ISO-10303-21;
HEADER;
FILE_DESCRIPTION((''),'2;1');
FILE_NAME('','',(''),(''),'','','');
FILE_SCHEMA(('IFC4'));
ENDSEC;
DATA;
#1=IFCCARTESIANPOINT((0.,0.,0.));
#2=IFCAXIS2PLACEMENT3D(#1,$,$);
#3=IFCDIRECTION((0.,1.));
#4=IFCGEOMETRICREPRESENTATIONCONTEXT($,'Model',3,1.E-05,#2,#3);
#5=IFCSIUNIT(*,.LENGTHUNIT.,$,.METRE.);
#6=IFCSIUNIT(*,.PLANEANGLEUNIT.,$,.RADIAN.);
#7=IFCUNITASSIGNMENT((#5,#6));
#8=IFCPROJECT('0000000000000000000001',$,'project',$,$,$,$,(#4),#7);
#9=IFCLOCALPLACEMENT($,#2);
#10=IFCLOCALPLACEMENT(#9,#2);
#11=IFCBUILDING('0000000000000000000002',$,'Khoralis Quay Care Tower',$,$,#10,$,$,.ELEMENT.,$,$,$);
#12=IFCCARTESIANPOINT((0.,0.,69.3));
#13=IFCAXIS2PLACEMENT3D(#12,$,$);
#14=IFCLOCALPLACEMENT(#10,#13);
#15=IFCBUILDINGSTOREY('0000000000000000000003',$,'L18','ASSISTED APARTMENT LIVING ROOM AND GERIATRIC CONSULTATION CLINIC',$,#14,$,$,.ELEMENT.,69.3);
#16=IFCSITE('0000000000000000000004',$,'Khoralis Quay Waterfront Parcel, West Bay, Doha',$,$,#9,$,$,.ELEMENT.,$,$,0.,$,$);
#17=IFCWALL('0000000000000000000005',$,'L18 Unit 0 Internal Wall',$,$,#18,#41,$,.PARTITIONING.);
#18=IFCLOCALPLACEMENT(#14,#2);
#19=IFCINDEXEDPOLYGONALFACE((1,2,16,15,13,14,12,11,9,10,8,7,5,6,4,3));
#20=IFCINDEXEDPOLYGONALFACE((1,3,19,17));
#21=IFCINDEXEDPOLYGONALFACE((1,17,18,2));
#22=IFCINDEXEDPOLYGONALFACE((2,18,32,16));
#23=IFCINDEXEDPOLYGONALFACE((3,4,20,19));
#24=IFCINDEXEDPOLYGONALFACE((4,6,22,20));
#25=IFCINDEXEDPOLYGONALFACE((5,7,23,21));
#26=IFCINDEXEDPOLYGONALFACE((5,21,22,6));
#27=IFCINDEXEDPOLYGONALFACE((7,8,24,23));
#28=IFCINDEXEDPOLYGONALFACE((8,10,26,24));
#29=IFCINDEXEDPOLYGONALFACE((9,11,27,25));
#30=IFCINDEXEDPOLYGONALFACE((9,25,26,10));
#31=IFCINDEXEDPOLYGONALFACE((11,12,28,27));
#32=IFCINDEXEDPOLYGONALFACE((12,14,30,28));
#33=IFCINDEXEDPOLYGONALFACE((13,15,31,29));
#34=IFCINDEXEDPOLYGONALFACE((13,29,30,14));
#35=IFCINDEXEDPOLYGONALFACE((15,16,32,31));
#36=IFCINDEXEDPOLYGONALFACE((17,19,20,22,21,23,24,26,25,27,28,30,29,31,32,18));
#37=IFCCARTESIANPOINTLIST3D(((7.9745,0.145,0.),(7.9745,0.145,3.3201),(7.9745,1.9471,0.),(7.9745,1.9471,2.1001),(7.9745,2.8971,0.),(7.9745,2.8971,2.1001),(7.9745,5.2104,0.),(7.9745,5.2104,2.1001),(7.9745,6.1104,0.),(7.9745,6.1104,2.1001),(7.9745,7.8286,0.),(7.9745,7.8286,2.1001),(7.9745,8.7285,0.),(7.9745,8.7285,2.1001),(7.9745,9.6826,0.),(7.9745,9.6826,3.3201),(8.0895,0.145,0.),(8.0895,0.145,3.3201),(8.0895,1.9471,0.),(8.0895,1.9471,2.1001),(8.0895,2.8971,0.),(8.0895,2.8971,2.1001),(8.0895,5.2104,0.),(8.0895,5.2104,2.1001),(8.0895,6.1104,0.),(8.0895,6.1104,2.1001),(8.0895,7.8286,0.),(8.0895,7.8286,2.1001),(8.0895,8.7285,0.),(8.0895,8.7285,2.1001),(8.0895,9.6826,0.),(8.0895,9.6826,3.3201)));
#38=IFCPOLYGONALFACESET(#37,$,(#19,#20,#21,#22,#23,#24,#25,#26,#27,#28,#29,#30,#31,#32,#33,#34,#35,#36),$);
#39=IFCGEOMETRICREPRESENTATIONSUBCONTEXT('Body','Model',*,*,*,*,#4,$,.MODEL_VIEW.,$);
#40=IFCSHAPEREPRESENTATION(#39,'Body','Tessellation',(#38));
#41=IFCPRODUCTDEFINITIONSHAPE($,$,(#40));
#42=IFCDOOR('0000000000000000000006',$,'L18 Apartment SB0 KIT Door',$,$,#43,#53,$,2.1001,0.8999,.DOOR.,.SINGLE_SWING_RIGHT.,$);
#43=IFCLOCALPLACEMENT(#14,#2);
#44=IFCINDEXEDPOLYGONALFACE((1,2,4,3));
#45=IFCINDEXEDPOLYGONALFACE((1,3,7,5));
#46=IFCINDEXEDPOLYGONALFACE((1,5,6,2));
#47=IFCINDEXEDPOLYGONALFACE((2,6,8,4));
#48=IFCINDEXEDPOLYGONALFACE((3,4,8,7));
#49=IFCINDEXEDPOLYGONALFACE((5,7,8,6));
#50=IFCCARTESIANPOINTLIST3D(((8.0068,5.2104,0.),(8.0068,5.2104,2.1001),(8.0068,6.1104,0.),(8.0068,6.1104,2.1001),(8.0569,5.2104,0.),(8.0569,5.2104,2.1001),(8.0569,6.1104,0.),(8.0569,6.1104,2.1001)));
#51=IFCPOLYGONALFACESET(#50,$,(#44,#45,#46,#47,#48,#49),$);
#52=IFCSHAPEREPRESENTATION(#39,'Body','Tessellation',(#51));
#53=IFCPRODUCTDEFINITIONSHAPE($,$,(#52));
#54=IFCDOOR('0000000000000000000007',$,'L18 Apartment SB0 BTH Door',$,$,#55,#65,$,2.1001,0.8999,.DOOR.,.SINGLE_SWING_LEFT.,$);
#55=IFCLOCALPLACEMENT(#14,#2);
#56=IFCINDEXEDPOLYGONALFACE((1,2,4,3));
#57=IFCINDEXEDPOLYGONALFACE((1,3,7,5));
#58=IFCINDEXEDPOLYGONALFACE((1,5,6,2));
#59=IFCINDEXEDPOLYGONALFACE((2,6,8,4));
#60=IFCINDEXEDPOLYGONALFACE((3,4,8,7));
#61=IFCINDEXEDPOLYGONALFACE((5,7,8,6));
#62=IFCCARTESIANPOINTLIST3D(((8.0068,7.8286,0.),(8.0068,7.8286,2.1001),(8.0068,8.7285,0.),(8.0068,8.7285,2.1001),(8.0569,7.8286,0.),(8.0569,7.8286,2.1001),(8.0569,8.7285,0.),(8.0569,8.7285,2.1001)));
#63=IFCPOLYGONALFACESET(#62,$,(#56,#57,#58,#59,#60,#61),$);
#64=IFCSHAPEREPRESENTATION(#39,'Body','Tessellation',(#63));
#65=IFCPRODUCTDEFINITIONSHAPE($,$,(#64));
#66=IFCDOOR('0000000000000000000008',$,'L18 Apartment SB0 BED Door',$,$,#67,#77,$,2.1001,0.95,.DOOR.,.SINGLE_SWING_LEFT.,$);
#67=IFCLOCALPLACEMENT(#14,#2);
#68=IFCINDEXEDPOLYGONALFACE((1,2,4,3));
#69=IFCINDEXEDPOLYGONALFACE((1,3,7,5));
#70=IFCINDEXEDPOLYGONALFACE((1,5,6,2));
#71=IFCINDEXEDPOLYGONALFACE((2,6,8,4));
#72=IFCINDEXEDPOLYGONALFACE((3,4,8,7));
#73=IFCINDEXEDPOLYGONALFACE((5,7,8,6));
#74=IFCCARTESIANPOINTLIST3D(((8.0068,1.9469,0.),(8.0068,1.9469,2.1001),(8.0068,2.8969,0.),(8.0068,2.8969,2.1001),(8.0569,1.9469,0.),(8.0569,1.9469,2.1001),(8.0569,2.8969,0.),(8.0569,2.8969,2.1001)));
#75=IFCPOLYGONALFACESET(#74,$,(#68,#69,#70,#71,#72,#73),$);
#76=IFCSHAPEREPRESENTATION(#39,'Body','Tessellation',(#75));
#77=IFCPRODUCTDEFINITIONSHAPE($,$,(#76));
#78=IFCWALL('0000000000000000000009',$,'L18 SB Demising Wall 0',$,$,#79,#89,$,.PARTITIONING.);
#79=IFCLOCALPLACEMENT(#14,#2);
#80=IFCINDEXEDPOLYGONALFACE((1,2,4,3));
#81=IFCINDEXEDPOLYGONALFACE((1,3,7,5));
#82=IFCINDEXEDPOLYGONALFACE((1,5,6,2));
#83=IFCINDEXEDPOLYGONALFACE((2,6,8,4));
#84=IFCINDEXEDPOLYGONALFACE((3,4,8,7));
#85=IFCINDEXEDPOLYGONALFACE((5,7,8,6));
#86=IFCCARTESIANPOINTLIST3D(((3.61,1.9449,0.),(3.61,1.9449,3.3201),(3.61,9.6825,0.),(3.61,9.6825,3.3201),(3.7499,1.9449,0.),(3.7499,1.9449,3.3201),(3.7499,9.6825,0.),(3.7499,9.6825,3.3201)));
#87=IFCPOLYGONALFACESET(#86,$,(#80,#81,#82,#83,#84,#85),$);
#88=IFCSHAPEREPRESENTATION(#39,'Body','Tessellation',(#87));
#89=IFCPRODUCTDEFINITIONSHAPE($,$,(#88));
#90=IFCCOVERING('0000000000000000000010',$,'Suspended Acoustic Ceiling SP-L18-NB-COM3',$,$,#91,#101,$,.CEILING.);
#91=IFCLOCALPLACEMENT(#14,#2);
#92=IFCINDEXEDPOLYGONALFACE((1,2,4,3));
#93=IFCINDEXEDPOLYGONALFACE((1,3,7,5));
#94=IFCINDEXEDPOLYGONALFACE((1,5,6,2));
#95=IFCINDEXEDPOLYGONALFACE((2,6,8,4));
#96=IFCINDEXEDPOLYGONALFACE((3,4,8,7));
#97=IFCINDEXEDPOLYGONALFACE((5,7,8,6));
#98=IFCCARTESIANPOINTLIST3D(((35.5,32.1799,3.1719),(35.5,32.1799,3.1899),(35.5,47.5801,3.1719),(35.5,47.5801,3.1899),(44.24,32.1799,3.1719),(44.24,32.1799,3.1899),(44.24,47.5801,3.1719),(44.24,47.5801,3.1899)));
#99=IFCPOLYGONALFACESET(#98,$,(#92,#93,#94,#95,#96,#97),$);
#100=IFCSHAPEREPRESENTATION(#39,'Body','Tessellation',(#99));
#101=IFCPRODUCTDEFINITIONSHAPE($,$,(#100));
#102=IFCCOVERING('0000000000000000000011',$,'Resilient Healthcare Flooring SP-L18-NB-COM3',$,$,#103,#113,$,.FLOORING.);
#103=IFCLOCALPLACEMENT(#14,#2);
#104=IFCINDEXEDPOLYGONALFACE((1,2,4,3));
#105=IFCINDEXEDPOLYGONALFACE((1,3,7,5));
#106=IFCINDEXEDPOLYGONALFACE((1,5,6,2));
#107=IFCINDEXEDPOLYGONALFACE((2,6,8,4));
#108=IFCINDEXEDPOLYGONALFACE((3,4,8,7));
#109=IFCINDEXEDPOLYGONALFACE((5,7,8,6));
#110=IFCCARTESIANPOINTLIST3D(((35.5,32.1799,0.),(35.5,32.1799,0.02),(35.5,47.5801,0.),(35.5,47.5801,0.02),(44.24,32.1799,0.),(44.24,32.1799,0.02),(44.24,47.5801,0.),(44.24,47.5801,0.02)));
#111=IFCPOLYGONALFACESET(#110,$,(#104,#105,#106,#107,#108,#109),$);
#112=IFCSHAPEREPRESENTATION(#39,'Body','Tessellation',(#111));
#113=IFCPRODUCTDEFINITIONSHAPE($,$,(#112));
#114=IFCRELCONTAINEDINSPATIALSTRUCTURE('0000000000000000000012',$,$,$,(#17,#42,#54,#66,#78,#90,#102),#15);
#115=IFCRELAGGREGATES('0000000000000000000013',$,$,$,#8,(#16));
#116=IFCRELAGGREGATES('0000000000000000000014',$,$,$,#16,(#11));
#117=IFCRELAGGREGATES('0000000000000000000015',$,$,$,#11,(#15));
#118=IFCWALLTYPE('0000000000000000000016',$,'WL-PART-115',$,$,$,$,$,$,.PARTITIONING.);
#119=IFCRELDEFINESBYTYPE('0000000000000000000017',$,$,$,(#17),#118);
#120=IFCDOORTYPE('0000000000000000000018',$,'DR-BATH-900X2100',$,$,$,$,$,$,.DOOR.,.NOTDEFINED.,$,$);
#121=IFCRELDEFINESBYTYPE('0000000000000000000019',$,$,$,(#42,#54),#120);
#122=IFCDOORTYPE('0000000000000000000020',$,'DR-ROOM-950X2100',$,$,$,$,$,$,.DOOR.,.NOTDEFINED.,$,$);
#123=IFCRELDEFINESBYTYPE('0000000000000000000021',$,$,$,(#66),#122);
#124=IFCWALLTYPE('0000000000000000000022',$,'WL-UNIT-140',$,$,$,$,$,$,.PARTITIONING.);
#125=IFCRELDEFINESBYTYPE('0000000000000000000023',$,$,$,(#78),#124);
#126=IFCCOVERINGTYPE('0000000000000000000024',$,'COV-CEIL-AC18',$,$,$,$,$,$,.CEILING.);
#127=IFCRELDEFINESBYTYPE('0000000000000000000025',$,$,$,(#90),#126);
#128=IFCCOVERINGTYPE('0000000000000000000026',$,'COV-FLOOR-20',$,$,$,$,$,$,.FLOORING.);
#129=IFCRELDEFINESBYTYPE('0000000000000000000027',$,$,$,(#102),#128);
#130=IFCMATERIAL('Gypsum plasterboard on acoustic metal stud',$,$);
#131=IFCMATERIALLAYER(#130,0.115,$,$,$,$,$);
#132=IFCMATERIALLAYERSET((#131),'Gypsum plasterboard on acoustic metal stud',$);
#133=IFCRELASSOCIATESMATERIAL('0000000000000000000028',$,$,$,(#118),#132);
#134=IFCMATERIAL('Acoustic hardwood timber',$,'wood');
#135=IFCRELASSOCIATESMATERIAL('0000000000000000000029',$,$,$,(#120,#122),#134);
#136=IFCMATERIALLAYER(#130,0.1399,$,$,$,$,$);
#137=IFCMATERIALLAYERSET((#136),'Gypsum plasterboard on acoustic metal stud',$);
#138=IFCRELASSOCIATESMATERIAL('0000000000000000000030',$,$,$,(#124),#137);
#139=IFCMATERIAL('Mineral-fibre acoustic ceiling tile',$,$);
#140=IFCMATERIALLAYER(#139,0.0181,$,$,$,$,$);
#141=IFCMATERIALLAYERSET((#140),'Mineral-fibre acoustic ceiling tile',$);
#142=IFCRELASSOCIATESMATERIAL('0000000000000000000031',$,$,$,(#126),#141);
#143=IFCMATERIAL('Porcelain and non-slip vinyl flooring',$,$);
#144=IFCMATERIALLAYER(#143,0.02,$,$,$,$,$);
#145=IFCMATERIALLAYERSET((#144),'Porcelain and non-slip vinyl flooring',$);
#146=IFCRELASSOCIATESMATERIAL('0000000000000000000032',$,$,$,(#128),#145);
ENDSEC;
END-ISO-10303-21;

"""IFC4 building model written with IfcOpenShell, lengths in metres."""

from ifc_helpers import new_model, si_unit, direction, frame, frame_2d, origin, place, context, subcontext, project, spatial, polyline, rectangle, outline, extrude, source, transform, mapped, material, layer, layer_set, type_object, element, fill, save


model = new_model("IFC4")

# Units and contexts
model_context = context("Model", 3, precision=1e-05, world=origin(), true_north=direction((0.0, 1.0)))
body_context = subcontext(model_context, "Body", "Model", "MODEL_VIEW")
ifc_project = project(units=[si_unit("LENGTHUNIT", "METRE"), si_unit("PLANEANGLEUNIT", "RADIAN")], contexts=[model_context])

# Site, building, storey
site_placement = place(None, origin())
site = spatial("IfcSite", under=ifc_project, at=site_placement, Name="Khoralis Quay Waterfront Parcel, West Bay, Doha", CompositionType="ELEMENT", RefElevation=0.0)
building_placement = place(site_placement, origin())
building = spatial("IfcBuilding", under=site, at=building_placement, Name="Khoralis Quay Care Tower", CompositionType="ELEMENT")
storey_placement = place(building_placement, frame((0.0, 0.0, 69.3)))
storey = spatial("IfcBuildingStorey", under=building, at=storey_placement, Name="L18", Description="ASSISTED APARTMENT LIVING ROOM AND GERIATRIC CONSULTATION CLINIC", CompositionType="ELEMENT", Elevation=69.3)

# Wall, openings, doors
ifc_material_1 = material(Name="Gypsum plasterboard on acoustic metal stud")
ifc_layer_1 = layer(ifc_material_1, 0.115)
ifc_layer_set_1 = layer_set([ifc_layer_1], Name="Gypsum plasterboard on acoustic metal stud")
wall_type_1 = type_object("IfcWallType", Name="WL-PART-115", PredefinedType="PARTITIONING", material=ifc_layer_set_1)
wall_1_placement = place(storey_placement, frame((8.032, 0.145, 0.0), z_axis=(0.0, 0.0, 1.0), x_axis=(0.0, 1.0, 0.0)))
wall_1 = element("IfcWall", 1, at=wall_1_placement, inside=storey, type_object=wall_type_1, Name="L18 Unit 0 Internal Wall", PredefinedType="PARTITIONING", context=body_context, shape_type="SweptSolid", body=[
    extrude(rectangle(XDim=9.5376, YDim=0.115, at=frame_2d((4.7688, 0.0))), origin(), (0.0, 0.0, 1.0), 3.3201),
])
opening_1_placement = place(wall_1_placement, frame((1.802, 0.0, 0.0)))
opening_1 = element("IfcOpeningElement", 2, at=opening_1_placement, cuts=wall_1, PredefinedType="OPENING", context=body_context, shape_type="SweptSolid", body=[
    extrude(rectangle(XDim=0.95, YDim=2.1001, at=frame_2d((0.4751, 1.05))), frame((0.0, 0.0674, 0.0), z_axis=(0.0, -1.0, 0.0), x_axis=(1.0, 0.0, 0.0)), (0.0, 0.0, 1.0), 0.135),
])
opening_2_placement = place(wall_1_placement, frame((5.0654, 0.0, 0.0)))
opening_2 = element("IfcOpeningElement", 3, at=opening_2_placement, cuts=wall_1, PredefinedType="OPENING", context=body_context, shape_type="SweptSolid", body=[
    extrude(rectangle(XDim=0.8999, YDim=2.1001, at=frame_2d((0.45, 1.05))), frame((0.0, 0.0674, 0.0), z_axis=(0.0, -1.0, 0.0), x_axis=(1.0, 0.0, 0.0)), (0.0, 0.0, 1.0), 0.135),
])
opening_3_placement = place(wall_1_placement, frame((7.6836, 0.0, 0.0)))
opening_3 = element("IfcOpeningElement", 4, at=opening_3_placement, cuts=wall_1, PredefinedType="OPENING", context=body_context, shape_type="SweptSolid", body=[
    extrude(rectangle(XDim=0.8999, YDim=2.1001, at=frame_2d((0.45, 1.05))), frame((0.0, 0.0674, 0.0), z_axis=(0.0, -1.0, 0.0), x_axis=(1.0, 0.0, 0.0)), (0.0, 0.0, 1.0), 0.135),
])
ifc_material_2 = material(Name="Acoustic hardwood timber", Category="wood")
door_type_1 = type_object("IfcDoorType", Name="DR-BATH-900X2100", OperationType="NOTDEFINED", PredefinedType="DOOR", material=ifc_material_2)
shared_shape_1 = source(origin(), body_context, "Body", "SweptSolid", [
    extrude(rectangle(XDim=0.8999, YDim=2.1001, at=frame_2d((0.45, 1.05))), frame((0.0, 0.0249, 0.0), z_axis=(0.0, -1.0, 0.0), x_axis=(1.0, 0.0, 0.0)), (0.0, 0.0, 1.0), 0.05),
])
door_1_placement = place(opening_2_placement, frame((0.8999, 0.0, 0.0), z_axis=(0.0, 0.0, 1.0), x_axis=(-1.0, 0.0, 0.0)))
door_1 = element("IfcDoor", 5, at=door_1_placement, inside=storey, type_object=door_type_1, Name="L18 Apartment SB0 KIT Door", OperationType="SINGLE_SWING_RIGHT", OverallHeight=2.1001, OverallWidth=0.8999, PredefinedType="DOOR", context=body_context, shape_type="MappedRepresentation", body=[
    mapped(shared_shape_1, transform((0.0, 0.0, 0.0), scale=1.0)),
])
fill(opening_2, door_1)
door_2_placement = place(opening_3_placement, frame((0.8999, 0.0, 0.0), z_axis=(0.0, 0.0, 1.0), x_axis=(-1.0, 0.0, 0.0)))
door_2 = element("IfcDoor", 6, at=door_2_placement, inside=storey, type_object=door_type_1, Name="L18 Apartment SB0 BTH Door", OperationType="SINGLE_SWING_LEFT", OverallHeight=2.1001, OverallWidth=0.8999, PredefinedType="DOOR", context=body_context, shape_type="MappedRepresentation", body=[
    mapped(shared_shape_1, transform((0.0, 0.0, 0.0), scale=1.0)),
])
fill(opening_3, door_2)
door_type_2 = type_object("IfcDoorType", Name="DR-ROOM-950X2100", OperationType="NOTDEFINED", PredefinedType="DOOR", material=ifc_material_2)
shared_shape_2 = source(origin(), body_context, "Body", "SweptSolid", [
    extrude(rectangle(XDim=0.95, YDim=2.1001, at=frame_2d((0.4751, 1.05))), frame((0.0, 0.0249, 0.0), z_axis=(0.0, -1.0, 0.0), x_axis=(1.0, 0.0, 0.0)), (0.0, 0.0, 1.0), 0.05),
])
door_3_placement = place(opening_1_placement, frame((0.95, 0.0, 0.0), z_axis=(0.0, 0.0, 1.0), x_axis=(-1.0, 0.0, 0.0)))
door_3 = element("IfcDoor", 7, at=door_3_placement, inside=storey, type_object=door_type_2, Name="L18 Apartment SB0 BED Door", OperationType="SINGLE_SWING_LEFT", OverallHeight=2.1001, OverallWidth=0.95, PredefinedType="DOOR", context=body_context, shape_type="MappedRepresentation", body=[
    mapped(shared_shape_2, transform((0.0, 0.0, 0.0), scale=1.0)),
])
fill(opening_1, door_3)

# Wall
ifc_layer_2 = layer(ifc_material_1, 0.1399)
ifc_layer_set_2 = layer_set([ifc_layer_2], Name="Gypsum plasterboard on acoustic metal stud")
wall_type_2 = type_object("IfcWallType", Name="WL-UNIT-140", PredefinedType="PARTITIONING", material=ifc_layer_set_2)
wall_2_placement = place(storey_placement, frame((3.6799, 1.9451, 0.0), z_axis=(0.0, 0.0, 1.0), x_axis=(0.0, 1.0, 0.0)))
element("IfcWall", 8, at=wall_2_placement, inside=storey, type_object=wall_type_2, Name="L18 SB Demising Wall 0", PredefinedType="PARTITIONING", context=body_context, shape_type="SweptSolid", body=[
    extrude(rectangle(XDim=7.7375, YDim=0.1399, at=frame_2d((3.8687, 0.0))), origin(), (0.0, 0.0, 1.0), 3.3201),
])

# Coverings
ifc_material_3 = material(Name="Mineral-fibre acoustic ceiling tile")
ifc_layer_3 = layer(ifc_material_3, 0.0181)
ifc_layer_set_3 = layer_set([ifc_layer_3], Name="Mineral-fibre acoustic ceiling tile")
covering_type_1 = type_object("IfcCoveringType", Name="COV-CEIL-AC18", PredefinedType="CEILING", material=ifc_layer_set_3)
covering_1_placement = place(storey_placement, frame((0.0, 0.0, 3.1719)))
element("IfcCovering", 9, at=covering_1_placement, inside=storey, type_object=covering_type_1, Name="Suspended Acoustic Ceiling SP-L18-NB-COM3", PredefinedType="CEILING", context=body_context, shape_type="SweptSolid", body=[
    extrude(outline(polyline([(35.5, 32.1799), (44.24, 32.1799), (44.24, 47.5801), (35.5, 47.5801), (35.5, 32.1799)])), origin(), (0.0, 0.0, 1.0), 0.0181),
])
ifc_material_4 = material(Name="Porcelain and non-slip vinyl flooring")
ifc_layer_4 = layer(ifc_material_4, 0.02)
ifc_layer_set_4 = layer_set([ifc_layer_4], Name="Porcelain and non-slip vinyl flooring")
covering_type_2 = type_object("IfcCoveringType", Name="COV-FLOOR-20", PredefinedType="FLOORING", material=ifc_layer_set_4)
covering_2_placement = place(storey_placement, origin())
element("IfcCovering", 10, at=covering_2_placement, inside=storey, type_object=covering_type_2, Name="Resilient Healthcare Flooring SP-L18-NB-COM3", PredefinedType="FLOORING", context=body_context, shape_type="SweptSolid", body=[
    extrude(outline(polyline([(35.5, 32.1799), (44.24, 32.1799), (44.24, 47.5801), (35.5, 47.5801), (35.5, 32.1799)])), origin(), (0.0, 0.0, 1.0), 0.02),
])

save(model, "model.ifc")
